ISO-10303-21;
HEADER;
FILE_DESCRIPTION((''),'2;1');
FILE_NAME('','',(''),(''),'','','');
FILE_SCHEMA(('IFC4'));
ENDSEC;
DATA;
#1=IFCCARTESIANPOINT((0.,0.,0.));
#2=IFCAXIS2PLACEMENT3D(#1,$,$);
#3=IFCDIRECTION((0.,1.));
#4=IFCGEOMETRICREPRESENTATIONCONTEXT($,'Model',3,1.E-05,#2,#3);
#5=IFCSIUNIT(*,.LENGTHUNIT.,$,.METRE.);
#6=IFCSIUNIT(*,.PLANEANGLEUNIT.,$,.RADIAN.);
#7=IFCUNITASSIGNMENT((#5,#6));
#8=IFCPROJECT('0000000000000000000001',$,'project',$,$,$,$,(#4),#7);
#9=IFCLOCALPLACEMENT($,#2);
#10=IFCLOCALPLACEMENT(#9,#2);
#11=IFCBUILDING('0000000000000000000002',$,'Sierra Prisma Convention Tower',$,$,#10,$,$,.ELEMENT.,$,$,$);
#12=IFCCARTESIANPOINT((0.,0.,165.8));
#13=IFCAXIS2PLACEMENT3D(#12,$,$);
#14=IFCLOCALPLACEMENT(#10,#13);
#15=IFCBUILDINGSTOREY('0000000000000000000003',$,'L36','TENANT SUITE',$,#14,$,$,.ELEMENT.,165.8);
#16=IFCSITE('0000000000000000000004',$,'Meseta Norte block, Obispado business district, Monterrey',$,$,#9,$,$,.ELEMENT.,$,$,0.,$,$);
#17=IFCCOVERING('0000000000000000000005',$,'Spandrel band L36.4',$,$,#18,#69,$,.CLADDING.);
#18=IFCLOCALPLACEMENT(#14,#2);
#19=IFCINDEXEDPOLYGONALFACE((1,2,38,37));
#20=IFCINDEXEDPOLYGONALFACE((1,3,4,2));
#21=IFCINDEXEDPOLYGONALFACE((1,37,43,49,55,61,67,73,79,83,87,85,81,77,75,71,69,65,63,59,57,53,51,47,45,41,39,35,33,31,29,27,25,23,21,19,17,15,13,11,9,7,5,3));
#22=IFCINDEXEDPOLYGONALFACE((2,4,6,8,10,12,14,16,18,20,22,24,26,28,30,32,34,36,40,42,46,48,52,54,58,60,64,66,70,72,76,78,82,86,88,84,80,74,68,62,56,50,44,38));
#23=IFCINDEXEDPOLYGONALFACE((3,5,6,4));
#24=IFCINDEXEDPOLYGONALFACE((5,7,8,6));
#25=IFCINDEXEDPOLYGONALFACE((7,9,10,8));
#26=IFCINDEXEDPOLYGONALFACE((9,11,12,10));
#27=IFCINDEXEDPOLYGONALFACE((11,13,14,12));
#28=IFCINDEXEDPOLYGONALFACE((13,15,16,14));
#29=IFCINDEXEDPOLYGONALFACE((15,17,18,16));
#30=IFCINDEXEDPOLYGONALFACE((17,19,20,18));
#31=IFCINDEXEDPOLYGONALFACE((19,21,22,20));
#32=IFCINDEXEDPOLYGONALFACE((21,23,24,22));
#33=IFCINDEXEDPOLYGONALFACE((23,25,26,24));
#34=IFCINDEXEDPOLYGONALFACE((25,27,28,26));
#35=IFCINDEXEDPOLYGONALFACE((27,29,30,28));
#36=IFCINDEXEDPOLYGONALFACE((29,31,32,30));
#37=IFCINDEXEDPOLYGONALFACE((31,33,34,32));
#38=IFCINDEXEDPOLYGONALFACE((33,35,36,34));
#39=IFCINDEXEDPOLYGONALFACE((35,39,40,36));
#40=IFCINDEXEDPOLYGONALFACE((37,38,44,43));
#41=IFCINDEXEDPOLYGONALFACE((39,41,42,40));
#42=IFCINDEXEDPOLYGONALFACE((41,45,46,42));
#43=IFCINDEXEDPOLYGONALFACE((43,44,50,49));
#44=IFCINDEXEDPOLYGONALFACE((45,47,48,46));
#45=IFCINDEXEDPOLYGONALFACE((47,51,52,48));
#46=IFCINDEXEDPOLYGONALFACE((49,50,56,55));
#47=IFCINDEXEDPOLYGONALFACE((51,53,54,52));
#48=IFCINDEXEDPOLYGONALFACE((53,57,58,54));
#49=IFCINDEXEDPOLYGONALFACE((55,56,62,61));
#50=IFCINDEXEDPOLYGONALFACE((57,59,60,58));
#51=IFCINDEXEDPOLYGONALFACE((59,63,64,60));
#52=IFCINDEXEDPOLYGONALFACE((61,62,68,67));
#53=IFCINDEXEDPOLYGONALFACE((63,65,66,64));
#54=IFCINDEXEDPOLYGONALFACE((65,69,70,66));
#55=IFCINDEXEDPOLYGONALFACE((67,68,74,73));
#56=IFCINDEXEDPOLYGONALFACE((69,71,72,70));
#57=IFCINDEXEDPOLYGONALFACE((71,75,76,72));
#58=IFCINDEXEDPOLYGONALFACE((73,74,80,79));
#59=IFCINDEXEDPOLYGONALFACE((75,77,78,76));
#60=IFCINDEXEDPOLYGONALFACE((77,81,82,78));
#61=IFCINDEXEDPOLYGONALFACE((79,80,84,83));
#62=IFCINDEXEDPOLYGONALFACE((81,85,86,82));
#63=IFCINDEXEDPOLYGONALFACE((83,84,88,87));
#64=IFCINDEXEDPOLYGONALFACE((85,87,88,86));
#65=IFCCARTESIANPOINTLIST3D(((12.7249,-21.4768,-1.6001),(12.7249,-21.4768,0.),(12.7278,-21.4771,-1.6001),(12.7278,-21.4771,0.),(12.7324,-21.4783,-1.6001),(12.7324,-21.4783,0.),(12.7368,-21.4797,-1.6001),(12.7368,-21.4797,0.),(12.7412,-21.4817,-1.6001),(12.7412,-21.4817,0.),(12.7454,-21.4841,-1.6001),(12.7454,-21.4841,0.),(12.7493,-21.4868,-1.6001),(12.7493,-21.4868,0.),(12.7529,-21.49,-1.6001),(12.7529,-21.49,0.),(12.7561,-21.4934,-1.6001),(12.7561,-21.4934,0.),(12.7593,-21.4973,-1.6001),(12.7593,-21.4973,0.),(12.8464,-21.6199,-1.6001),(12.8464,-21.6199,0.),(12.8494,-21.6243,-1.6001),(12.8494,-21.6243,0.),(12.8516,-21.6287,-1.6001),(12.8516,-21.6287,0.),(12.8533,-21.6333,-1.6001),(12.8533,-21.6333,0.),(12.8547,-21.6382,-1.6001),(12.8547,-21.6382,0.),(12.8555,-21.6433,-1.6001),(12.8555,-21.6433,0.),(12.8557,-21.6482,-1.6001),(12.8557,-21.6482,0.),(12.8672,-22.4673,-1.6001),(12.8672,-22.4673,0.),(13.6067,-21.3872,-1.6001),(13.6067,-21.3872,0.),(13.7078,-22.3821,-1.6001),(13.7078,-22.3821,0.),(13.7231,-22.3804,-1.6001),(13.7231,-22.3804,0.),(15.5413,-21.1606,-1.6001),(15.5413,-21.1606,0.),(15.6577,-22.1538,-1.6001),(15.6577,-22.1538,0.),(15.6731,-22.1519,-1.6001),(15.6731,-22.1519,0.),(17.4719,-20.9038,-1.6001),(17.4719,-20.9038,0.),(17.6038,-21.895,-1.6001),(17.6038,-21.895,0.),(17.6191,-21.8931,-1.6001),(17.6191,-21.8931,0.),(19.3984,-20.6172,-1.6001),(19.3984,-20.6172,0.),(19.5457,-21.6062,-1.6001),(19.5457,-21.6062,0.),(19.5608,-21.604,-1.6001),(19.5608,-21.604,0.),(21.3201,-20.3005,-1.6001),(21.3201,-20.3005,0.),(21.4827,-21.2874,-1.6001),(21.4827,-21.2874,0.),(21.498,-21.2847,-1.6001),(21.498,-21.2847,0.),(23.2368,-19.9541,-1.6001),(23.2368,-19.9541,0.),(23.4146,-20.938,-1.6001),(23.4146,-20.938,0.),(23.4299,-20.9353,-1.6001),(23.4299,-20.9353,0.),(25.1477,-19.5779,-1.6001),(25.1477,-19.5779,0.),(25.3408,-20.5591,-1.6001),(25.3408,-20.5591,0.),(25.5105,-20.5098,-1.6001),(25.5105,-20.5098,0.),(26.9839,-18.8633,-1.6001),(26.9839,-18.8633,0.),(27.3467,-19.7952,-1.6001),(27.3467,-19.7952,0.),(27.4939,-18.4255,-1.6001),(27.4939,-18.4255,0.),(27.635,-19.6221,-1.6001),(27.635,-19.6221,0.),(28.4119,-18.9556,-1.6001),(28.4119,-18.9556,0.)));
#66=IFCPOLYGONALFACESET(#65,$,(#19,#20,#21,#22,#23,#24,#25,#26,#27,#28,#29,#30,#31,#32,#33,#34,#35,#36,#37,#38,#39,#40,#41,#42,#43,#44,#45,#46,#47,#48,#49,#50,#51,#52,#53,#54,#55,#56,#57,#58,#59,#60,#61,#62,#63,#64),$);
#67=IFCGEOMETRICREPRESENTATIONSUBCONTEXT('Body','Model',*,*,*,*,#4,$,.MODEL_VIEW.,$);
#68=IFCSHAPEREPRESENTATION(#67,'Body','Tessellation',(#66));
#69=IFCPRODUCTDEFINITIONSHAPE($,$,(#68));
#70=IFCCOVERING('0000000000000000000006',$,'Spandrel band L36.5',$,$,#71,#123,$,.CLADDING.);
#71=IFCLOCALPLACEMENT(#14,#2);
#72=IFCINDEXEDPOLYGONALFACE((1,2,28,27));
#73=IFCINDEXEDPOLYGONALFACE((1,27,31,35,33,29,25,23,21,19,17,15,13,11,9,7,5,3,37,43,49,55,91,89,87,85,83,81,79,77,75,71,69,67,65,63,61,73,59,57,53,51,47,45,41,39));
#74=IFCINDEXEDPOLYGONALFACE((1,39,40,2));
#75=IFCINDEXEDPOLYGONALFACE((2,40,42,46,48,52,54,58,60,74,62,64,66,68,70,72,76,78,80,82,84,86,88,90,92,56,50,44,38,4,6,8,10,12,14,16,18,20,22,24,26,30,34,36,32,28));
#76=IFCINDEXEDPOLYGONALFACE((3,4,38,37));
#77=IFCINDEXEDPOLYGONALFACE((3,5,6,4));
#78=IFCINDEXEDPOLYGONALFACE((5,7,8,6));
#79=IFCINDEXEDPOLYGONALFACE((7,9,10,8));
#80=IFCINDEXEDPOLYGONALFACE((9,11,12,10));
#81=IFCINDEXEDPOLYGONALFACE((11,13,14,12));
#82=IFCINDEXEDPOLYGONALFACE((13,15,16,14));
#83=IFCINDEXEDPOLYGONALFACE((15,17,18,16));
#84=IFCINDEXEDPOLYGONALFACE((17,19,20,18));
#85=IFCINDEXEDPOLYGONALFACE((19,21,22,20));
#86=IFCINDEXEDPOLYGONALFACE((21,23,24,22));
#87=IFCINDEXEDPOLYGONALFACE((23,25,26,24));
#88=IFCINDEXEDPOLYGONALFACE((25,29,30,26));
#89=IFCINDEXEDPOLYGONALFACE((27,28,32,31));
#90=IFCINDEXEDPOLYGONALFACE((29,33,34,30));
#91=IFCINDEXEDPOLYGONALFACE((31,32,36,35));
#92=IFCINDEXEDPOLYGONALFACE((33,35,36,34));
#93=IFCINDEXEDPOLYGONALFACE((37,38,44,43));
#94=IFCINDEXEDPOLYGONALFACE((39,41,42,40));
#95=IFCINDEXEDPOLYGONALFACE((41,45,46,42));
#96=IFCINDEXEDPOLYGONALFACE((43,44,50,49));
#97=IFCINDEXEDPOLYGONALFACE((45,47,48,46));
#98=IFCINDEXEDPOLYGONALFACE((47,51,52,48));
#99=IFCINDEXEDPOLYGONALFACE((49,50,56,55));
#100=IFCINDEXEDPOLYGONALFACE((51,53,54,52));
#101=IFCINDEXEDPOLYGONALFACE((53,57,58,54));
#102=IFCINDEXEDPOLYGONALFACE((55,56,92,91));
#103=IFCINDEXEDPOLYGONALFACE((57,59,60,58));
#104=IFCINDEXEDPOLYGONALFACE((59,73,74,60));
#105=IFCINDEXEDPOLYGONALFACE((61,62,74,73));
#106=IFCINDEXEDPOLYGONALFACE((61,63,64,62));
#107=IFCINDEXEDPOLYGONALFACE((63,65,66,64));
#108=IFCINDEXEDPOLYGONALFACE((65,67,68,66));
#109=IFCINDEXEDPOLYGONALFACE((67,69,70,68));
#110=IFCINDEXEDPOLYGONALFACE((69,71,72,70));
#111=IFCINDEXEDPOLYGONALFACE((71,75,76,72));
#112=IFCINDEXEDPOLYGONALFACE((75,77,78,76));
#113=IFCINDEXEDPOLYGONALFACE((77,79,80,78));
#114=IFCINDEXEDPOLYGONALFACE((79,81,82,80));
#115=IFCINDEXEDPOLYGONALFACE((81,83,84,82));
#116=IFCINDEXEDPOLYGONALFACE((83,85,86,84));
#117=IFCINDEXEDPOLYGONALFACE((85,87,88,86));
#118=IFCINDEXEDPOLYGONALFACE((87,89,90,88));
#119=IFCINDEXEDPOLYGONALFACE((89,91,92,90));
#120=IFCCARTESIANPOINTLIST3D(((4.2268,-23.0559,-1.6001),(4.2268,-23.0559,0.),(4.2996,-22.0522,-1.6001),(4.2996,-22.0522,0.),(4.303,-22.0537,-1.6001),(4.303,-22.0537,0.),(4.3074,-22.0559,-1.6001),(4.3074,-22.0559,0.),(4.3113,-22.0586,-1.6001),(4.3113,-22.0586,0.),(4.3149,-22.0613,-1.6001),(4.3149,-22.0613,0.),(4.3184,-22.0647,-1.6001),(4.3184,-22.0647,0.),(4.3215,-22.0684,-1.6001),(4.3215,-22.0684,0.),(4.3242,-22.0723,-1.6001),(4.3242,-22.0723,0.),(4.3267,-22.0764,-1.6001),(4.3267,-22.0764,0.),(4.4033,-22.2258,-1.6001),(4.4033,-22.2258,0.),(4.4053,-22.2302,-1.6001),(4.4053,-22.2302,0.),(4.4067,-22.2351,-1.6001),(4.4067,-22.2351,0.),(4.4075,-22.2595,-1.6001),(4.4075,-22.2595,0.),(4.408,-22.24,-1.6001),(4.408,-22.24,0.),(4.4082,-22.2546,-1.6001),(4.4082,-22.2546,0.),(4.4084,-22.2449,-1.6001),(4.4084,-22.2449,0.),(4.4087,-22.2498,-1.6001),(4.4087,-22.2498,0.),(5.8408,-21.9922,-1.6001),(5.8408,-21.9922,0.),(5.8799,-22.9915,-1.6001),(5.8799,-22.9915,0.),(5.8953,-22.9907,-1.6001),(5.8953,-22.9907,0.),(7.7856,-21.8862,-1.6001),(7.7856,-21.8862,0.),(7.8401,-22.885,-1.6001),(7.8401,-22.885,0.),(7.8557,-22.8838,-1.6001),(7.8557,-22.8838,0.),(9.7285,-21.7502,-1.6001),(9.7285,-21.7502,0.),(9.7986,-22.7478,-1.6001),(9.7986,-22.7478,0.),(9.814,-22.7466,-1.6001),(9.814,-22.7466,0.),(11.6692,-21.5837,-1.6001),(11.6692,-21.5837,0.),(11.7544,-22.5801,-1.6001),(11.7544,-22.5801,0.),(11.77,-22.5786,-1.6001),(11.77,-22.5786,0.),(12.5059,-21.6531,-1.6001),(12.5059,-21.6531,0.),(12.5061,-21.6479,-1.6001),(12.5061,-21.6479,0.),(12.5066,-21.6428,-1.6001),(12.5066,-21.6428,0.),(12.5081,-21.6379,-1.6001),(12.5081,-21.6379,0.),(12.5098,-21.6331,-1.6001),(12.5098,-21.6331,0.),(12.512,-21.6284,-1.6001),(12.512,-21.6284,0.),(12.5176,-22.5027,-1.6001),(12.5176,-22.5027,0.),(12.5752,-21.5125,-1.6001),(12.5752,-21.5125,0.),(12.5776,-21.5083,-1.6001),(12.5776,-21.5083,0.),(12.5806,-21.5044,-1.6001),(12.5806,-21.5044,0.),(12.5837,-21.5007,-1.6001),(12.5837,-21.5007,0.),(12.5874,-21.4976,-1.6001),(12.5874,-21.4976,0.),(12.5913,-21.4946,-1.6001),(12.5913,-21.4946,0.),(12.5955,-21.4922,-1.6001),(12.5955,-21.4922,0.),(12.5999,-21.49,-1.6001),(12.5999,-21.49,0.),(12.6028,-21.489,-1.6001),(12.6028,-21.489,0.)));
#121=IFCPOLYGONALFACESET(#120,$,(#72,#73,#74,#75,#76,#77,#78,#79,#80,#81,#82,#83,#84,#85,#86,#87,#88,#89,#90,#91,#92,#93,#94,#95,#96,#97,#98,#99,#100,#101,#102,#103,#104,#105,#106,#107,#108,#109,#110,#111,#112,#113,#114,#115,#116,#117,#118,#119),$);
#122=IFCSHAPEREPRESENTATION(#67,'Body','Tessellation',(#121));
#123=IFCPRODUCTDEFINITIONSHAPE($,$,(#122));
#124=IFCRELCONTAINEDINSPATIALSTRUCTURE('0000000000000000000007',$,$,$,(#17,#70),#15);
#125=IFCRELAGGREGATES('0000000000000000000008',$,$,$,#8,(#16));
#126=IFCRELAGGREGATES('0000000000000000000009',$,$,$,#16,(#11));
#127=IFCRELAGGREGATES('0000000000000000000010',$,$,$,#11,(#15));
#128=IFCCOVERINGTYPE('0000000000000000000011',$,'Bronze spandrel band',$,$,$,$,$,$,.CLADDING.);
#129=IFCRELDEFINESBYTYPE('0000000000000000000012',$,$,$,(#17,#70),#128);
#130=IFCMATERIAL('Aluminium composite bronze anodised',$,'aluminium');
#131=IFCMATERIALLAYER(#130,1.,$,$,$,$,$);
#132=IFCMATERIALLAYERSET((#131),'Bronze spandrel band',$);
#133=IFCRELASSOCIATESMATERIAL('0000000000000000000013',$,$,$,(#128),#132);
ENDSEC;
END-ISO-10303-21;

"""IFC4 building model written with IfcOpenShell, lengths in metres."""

from ifc_helpers import new_model, si_unit, direction, frame, origin, place, context, subcontext, project, spatial, polyline, outline, extrude, material, layer, layer_set, type_object, element, save


model = new_model("IFC4")

# Units and contexts
model_context = context("Model", 3, precision=1e-05, world=origin(), true_north=direction((0.0, 1.0)))
body_context = subcontext(model_context, "Body", "Model", "MODEL_VIEW")
ifc_project = project(units=[si_unit("LENGTHUNIT", "METRE"), si_unit("PLANEANGLEUNIT", "RADIAN")], contexts=[model_context])

# Site, building, storey
site_placement = place(None, origin())
site = spatial("IfcSite", under=ifc_project, at=site_placement, Name="Meseta Norte block, Obispado business district, Monterrey", CompositionType="ELEMENT", RefElevation=0.0)
building_placement = place(site_placement, origin())
building = spatial("IfcBuilding", under=site, at=building_placement, Name="Sierra Prisma Convention Tower", CompositionType="ELEMENT")
storey_placement = place(building_placement, frame((0.0, 0.0, 165.8)))
storey = spatial("IfcBuildingStorey", under=building, at=storey_placement, Name="L36", Description="TENANT SUITE", CompositionType="ELEMENT", Elevation=165.8)

# Coverings
ifc_material_1 = material(Name="Aluminium composite bronze anodised", Category="aluminium")
ifc_layer_1 = layer(ifc_material_1, 1.0)
ifc_layer_set_1 = layer_set([ifc_layer_1], Name="Bronze spandrel band")
covering_type_1 = type_object("IfcCoveringType", Name="Bronze spandrel band", PredefinedType="CLADDING", material=ifc_layer_set_1)
covering_1_placement = place(storey_placement, frame((0.0, 0.0, -1.6001)))
element("IfcCovering", 1, at=covering_1_placement, inside=storey, type_object=covering_type_1, Name="Spandrel band L36.4", PredefinedType="CLADDING", context=body_context, shape_type="SweptSolid", body=[
    extrude(outline(polyline([(25.3408, -20.5591), (23.4299, -20.9353), (23.4146, -20.938), (21.498, -21.2847), (21.4827, -21.2874), (19.5608, -21.604), (19.5457, -21.6062), (17.6191, -21.8931), (17.6038, -21.895), (15.6731, -22.1519), (15.6577, -22.1538), (13.7231, -22.3804), (13.7078, -22.3821), (12.8672, -22.4673), (12.8557, -21.6482), (12.8555, -21.6433), (12.8547, -21.6382), (12.8533, -21.6333), (12.8516, -21.6287), (12.8494, -21.6243), (12.8464, -21.6199), (12.7593, -21.4973), (12.7561, -21.4934), (12.7529, -21.49), (12.7493, -21.4868), (12.7454, -21.4841), (12.7412, -21.4817), (12.7368, -21.4797), (12.7324, -21.4783), (12.7278, -21.4771), (12.7249, -21.4768), (13.6067, -21.3872), (15.5413, -21.1606), (17.4719, -20.9038), (19.3984, -20.6172), (21.3201, -20.3005), (23.2368, -19.9541), (25.1477, -19.5779), (26.9839, -18.8633), (27.4939, -18.4255), (28.4119, -18.9556), (27.635, -19.6221), (27.3467, -19.7952), (25.5105, -20.5098), (25.3408, -20.5591)])), origin(), (0.0, 0.0, 1.0), 1.6001),
])
covering_2_placement = place(storey_placement, frame((0.0, 0.0, -1.6001)))
element("IfcCovering", 2, at=covering_2_placement, inside=storey, type_object=covering_type_1, Name="Spandrel band L36.5", PredefinedType="CLADDING", context=body_context, shape_type="SweptSolid", body=[
    extrude(outline(polyline([(4.4033, -22.2258), (4.3267, -22.0764), (4.3242, -22.0723), (4.3215, -22.0684), (4.3184, -22.0647), (4.3149, -22.0613), (4.3113, -22.0586), (4.3074, -22.0559), (4.303, -22.0537), (4.2996, -22.0522), (5.8408, -21.9922), (7.7856, -21.8862), (9.7285, -21.7502), (11.6692, -21.5837), (12.6028, -21.489), (12.5999, -21.49), (12.5955, -21.4922), (12.5913, -21.4946), (12.5874, -21.4976), (12.5837, -21.5007), (12.5806, -21.5044), (12.5776, -21.5083), (12.5752, -21.5125), (12.512, -21.6284), (12.5098, -21.6331), (12.5081, -21.6379), (12.5066, -21.6428), (12.5061, -21.6479), (12.5059, -21.6531), (12.5176, -22.5027), (11.77, -22.5786), (11.7544, -22.5801), (9.814, -22.7466), (9.7986, -22.7478), (7.8557, -22.8838), (7.8401, -22.885), (5.8953, -22.9907), (5.8799, -22.9915), (4.2268, -23.0559), (4.4075, -22.2595), (4.4082, -22.2546), (4.4087, -22.2498), (4.4084, -22.2449), (4.408, -22.24), (4.4067, -22.2351), (4.4053, -22.2302), (4.4033, -22.2258)])), origin(), (0.0, 0.0, 1.0), 1.6001),
])

save(model, "model.ifc")
